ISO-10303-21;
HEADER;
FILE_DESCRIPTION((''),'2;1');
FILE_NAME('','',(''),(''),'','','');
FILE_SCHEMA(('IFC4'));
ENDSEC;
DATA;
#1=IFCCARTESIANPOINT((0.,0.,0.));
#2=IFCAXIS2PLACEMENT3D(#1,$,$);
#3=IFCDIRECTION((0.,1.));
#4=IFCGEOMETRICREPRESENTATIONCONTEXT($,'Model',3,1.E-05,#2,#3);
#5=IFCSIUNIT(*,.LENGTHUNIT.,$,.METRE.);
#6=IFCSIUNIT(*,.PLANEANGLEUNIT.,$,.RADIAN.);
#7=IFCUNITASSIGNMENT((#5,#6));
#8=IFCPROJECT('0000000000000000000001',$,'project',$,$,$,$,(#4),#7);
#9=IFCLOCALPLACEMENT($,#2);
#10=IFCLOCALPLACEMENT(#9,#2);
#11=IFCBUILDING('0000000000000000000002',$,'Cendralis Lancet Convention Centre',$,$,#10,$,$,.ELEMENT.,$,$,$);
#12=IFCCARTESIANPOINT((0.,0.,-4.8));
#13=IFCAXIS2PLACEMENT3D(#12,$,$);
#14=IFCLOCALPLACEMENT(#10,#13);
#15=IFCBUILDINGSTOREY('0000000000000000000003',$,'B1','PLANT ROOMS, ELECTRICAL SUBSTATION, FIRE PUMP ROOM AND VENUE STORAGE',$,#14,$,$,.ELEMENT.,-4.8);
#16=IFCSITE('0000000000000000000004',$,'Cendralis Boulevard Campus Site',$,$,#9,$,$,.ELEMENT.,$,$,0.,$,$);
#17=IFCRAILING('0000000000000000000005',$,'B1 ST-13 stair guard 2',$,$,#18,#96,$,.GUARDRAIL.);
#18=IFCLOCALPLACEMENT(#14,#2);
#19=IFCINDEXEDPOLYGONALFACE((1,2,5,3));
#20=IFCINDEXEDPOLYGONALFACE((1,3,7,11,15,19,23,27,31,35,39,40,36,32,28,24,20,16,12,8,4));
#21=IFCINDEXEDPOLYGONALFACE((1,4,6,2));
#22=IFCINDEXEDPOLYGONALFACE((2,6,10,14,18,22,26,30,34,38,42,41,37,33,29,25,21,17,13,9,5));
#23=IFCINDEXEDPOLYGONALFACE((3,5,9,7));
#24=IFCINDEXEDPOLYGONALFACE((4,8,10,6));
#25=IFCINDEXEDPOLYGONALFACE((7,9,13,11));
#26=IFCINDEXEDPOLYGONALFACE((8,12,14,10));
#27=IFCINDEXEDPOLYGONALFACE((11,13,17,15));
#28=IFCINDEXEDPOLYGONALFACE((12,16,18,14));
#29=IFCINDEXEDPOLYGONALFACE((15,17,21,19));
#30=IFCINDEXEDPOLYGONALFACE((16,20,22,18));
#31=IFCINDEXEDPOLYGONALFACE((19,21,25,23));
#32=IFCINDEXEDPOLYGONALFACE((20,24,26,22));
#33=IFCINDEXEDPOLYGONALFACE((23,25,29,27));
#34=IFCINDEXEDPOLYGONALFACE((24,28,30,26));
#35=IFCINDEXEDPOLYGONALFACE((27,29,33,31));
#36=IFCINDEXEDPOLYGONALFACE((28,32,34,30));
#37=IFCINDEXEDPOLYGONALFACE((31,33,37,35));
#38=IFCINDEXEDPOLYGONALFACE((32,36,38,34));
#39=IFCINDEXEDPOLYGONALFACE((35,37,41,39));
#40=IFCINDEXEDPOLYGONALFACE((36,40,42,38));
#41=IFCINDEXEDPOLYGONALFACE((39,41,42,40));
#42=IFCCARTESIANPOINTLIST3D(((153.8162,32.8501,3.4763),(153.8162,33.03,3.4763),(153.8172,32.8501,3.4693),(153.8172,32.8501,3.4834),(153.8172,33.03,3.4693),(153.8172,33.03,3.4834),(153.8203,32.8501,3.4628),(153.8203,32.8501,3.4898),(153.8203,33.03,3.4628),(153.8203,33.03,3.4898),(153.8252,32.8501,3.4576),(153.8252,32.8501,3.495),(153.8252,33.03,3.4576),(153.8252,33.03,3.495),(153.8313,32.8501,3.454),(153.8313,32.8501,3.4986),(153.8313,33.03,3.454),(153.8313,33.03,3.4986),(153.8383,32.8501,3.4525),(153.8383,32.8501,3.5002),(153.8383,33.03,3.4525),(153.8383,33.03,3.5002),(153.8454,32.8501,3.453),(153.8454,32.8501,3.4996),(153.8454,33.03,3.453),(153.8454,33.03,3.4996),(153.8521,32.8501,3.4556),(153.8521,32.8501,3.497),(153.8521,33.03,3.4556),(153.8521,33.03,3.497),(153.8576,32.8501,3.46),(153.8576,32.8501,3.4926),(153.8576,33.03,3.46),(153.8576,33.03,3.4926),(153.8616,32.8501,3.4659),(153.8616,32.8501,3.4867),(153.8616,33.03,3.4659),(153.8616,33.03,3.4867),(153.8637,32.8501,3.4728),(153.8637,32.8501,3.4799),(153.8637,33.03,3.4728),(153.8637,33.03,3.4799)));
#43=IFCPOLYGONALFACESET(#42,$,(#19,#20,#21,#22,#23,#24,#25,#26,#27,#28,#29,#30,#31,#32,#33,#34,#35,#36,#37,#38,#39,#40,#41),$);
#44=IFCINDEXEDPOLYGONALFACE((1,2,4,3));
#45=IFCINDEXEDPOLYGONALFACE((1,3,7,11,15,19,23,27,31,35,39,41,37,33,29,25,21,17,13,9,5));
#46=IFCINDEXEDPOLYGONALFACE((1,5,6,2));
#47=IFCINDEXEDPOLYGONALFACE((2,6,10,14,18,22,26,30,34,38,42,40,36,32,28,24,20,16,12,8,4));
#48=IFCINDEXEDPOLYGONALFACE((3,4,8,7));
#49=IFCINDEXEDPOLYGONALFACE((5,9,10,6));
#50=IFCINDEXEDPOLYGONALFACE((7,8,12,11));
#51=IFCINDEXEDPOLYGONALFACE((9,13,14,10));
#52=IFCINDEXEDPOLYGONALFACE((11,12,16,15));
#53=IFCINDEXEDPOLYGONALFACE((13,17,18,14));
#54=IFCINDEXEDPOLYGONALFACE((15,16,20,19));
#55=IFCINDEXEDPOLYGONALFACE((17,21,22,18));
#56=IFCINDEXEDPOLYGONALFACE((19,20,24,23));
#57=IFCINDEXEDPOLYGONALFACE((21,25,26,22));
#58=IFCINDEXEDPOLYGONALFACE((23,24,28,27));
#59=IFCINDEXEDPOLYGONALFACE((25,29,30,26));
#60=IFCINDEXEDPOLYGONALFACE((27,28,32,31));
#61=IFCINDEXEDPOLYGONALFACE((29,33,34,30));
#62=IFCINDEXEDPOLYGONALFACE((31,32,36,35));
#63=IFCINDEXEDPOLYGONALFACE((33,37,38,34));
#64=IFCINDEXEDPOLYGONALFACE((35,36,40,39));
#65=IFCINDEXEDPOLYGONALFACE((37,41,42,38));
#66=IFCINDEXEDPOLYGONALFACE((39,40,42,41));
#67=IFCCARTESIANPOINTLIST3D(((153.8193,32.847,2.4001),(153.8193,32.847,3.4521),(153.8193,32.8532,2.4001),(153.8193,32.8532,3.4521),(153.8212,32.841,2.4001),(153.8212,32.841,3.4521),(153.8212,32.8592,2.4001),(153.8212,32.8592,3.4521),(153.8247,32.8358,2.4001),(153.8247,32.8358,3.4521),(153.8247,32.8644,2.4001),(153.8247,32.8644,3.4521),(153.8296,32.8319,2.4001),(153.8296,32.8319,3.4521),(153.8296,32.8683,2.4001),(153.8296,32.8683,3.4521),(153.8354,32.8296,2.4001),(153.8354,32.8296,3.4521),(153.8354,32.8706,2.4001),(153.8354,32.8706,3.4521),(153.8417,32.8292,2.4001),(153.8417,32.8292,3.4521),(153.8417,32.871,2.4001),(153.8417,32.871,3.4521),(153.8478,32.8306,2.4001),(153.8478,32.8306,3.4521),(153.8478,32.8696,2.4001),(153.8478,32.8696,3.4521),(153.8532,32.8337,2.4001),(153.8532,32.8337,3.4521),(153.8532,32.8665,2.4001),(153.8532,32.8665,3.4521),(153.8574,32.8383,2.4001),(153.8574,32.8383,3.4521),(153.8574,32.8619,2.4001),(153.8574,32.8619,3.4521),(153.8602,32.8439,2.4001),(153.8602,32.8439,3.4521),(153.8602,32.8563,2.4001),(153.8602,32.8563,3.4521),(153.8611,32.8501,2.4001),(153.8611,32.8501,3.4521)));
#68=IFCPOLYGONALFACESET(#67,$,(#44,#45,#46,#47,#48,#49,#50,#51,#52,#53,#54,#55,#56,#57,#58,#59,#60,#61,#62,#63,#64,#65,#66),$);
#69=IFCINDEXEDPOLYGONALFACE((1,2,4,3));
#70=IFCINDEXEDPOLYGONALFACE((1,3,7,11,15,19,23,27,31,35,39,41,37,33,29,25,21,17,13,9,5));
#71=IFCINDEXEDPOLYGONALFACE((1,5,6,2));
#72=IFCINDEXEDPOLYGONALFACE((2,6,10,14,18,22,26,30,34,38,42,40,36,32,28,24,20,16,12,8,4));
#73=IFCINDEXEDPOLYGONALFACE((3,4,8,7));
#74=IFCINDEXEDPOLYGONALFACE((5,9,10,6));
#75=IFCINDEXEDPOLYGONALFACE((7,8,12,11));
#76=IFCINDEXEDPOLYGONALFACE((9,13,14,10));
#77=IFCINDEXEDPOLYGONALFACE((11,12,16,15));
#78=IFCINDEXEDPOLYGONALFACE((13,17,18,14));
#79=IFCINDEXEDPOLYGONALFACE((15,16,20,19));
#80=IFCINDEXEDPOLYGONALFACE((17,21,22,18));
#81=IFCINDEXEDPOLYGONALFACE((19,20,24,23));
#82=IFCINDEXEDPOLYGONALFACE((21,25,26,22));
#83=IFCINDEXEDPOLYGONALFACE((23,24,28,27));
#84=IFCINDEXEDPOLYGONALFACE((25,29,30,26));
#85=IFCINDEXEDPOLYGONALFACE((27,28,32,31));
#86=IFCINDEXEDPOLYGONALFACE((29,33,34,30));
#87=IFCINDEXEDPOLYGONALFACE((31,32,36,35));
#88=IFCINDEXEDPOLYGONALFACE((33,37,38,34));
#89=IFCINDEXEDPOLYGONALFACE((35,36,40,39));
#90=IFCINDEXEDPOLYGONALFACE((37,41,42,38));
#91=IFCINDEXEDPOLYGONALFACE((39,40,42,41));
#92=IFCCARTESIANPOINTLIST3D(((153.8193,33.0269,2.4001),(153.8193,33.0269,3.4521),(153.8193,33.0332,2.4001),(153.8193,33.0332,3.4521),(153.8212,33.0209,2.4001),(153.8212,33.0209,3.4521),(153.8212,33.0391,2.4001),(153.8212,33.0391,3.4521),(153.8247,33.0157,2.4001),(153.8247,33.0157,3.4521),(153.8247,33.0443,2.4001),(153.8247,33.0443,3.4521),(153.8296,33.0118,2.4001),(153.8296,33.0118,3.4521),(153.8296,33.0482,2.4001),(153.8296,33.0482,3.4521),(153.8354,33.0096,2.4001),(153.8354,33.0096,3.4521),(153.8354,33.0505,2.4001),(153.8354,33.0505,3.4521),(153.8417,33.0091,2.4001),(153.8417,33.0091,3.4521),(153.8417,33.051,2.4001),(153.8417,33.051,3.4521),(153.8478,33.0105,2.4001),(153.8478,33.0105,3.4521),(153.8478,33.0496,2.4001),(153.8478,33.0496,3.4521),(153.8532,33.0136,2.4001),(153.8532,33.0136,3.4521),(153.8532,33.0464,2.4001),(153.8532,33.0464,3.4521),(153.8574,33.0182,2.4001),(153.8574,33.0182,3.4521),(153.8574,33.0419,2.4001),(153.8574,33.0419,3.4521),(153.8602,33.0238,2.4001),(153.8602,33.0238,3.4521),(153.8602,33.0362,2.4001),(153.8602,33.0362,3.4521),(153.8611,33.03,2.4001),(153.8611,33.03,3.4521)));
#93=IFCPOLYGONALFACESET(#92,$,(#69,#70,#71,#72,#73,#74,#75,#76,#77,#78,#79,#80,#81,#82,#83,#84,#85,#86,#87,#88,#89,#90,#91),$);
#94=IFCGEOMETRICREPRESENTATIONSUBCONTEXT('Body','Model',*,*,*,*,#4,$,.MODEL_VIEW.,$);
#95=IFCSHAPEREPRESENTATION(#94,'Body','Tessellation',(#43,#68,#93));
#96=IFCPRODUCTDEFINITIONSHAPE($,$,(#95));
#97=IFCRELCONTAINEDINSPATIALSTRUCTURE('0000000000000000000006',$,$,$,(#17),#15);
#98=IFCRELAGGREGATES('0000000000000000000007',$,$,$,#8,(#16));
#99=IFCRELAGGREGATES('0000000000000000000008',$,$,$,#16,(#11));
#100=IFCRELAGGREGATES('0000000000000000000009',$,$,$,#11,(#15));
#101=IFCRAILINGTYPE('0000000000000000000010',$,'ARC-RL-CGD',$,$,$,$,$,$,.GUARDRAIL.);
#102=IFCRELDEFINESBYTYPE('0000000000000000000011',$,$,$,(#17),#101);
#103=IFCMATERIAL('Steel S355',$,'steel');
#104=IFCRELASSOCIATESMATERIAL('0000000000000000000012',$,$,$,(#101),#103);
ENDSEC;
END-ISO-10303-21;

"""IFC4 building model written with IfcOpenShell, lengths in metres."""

from ifc_helpers import new_model, si_unit, direction, frame, origin, origin_2d, place, context, subcontext, project, spatial, circle, extrude, material, type_object, element, save


model = new_model("IFC4")

# Units and contexts
model_context = context("Model", 3, precision=1e-05, world=origin(), true_north=direction((0.0, 1.0)))
body_context = subcontext(model_context, "Body", "Model", "MODEL_VIEW")
ifc_project = project(units=[si_unit("LENGTHUNIT", "METRE"), si_unit("PLANEANGLEUNIT", "RADIAN")], contexts=[model_context])

# Site, building, storey
site_placement = place(None, origin())
site = spatial("IfcSite", under=ifc_project, at=site_placement, Name="Cendralis Boulevard Campus Site", CompositionType="ELEMENT", RefElevation=0.0)
building_placement = place(site_placement, origin())
building = spatial("IfcBuilding", under=site, at=building_placement, Name="Cendralis Lancet Convention Centre", CompositionType="ELEMENT")
storey_placement = place(building_placement, frame((0.0, 0.0, -4.8)))
storey = spatial("IfcBuildingStorey", under=building, at=storey_placement, Name="B1", Description="PLANT ROOMS, ELECTRICAL SUBSTATION, FIRE PUMP ROOM AND VENUE STORAGE", CompositionType="ELEMENT", Elevation=-4.8)

# Shared definitions
ifc_material_1 = material(Name="Steel S355", Category="steel")

# Railing
railing_type_1 = type_object("IfcRailingType", Name="ARC-RL-CGD", PredefinedType="GUARDRAIL", material=ifc_material_1)
railing_1_placement = place(storey_placement, frame((153.8401, 32.8501, 2.4001)))
element("IfcRailing", 1, at=railing_1_placement, inside=storey, type_object=railing_type_1, Name="B1 ST-13 stair guard 2", PredefinedType="GUARDRAIL", context=body_context, shape_type="SweptSolid", body=[
    extrude(circle(Radius=0.0239, at=origin_2d()), frame((0.0, 0.0, 1.0762), z_axis=(0.0, 1.0, 0.0), x_axis=(-1.0, 0.0, 0.0)), (0.0, 0.0, 1.0), 0.1799),
    extrude(circle(Radius=0.021, at=origin_2d()), origin(), (0.0, 0.0, 1.0), 1.052),
    extrude(circle(Radius=0.021, at=origin_2d()), frame((0.0, 0.1799, 0.0)), (0.0, 0.0, 1.0), 1.052),
])

save(model, "model.ifc")
